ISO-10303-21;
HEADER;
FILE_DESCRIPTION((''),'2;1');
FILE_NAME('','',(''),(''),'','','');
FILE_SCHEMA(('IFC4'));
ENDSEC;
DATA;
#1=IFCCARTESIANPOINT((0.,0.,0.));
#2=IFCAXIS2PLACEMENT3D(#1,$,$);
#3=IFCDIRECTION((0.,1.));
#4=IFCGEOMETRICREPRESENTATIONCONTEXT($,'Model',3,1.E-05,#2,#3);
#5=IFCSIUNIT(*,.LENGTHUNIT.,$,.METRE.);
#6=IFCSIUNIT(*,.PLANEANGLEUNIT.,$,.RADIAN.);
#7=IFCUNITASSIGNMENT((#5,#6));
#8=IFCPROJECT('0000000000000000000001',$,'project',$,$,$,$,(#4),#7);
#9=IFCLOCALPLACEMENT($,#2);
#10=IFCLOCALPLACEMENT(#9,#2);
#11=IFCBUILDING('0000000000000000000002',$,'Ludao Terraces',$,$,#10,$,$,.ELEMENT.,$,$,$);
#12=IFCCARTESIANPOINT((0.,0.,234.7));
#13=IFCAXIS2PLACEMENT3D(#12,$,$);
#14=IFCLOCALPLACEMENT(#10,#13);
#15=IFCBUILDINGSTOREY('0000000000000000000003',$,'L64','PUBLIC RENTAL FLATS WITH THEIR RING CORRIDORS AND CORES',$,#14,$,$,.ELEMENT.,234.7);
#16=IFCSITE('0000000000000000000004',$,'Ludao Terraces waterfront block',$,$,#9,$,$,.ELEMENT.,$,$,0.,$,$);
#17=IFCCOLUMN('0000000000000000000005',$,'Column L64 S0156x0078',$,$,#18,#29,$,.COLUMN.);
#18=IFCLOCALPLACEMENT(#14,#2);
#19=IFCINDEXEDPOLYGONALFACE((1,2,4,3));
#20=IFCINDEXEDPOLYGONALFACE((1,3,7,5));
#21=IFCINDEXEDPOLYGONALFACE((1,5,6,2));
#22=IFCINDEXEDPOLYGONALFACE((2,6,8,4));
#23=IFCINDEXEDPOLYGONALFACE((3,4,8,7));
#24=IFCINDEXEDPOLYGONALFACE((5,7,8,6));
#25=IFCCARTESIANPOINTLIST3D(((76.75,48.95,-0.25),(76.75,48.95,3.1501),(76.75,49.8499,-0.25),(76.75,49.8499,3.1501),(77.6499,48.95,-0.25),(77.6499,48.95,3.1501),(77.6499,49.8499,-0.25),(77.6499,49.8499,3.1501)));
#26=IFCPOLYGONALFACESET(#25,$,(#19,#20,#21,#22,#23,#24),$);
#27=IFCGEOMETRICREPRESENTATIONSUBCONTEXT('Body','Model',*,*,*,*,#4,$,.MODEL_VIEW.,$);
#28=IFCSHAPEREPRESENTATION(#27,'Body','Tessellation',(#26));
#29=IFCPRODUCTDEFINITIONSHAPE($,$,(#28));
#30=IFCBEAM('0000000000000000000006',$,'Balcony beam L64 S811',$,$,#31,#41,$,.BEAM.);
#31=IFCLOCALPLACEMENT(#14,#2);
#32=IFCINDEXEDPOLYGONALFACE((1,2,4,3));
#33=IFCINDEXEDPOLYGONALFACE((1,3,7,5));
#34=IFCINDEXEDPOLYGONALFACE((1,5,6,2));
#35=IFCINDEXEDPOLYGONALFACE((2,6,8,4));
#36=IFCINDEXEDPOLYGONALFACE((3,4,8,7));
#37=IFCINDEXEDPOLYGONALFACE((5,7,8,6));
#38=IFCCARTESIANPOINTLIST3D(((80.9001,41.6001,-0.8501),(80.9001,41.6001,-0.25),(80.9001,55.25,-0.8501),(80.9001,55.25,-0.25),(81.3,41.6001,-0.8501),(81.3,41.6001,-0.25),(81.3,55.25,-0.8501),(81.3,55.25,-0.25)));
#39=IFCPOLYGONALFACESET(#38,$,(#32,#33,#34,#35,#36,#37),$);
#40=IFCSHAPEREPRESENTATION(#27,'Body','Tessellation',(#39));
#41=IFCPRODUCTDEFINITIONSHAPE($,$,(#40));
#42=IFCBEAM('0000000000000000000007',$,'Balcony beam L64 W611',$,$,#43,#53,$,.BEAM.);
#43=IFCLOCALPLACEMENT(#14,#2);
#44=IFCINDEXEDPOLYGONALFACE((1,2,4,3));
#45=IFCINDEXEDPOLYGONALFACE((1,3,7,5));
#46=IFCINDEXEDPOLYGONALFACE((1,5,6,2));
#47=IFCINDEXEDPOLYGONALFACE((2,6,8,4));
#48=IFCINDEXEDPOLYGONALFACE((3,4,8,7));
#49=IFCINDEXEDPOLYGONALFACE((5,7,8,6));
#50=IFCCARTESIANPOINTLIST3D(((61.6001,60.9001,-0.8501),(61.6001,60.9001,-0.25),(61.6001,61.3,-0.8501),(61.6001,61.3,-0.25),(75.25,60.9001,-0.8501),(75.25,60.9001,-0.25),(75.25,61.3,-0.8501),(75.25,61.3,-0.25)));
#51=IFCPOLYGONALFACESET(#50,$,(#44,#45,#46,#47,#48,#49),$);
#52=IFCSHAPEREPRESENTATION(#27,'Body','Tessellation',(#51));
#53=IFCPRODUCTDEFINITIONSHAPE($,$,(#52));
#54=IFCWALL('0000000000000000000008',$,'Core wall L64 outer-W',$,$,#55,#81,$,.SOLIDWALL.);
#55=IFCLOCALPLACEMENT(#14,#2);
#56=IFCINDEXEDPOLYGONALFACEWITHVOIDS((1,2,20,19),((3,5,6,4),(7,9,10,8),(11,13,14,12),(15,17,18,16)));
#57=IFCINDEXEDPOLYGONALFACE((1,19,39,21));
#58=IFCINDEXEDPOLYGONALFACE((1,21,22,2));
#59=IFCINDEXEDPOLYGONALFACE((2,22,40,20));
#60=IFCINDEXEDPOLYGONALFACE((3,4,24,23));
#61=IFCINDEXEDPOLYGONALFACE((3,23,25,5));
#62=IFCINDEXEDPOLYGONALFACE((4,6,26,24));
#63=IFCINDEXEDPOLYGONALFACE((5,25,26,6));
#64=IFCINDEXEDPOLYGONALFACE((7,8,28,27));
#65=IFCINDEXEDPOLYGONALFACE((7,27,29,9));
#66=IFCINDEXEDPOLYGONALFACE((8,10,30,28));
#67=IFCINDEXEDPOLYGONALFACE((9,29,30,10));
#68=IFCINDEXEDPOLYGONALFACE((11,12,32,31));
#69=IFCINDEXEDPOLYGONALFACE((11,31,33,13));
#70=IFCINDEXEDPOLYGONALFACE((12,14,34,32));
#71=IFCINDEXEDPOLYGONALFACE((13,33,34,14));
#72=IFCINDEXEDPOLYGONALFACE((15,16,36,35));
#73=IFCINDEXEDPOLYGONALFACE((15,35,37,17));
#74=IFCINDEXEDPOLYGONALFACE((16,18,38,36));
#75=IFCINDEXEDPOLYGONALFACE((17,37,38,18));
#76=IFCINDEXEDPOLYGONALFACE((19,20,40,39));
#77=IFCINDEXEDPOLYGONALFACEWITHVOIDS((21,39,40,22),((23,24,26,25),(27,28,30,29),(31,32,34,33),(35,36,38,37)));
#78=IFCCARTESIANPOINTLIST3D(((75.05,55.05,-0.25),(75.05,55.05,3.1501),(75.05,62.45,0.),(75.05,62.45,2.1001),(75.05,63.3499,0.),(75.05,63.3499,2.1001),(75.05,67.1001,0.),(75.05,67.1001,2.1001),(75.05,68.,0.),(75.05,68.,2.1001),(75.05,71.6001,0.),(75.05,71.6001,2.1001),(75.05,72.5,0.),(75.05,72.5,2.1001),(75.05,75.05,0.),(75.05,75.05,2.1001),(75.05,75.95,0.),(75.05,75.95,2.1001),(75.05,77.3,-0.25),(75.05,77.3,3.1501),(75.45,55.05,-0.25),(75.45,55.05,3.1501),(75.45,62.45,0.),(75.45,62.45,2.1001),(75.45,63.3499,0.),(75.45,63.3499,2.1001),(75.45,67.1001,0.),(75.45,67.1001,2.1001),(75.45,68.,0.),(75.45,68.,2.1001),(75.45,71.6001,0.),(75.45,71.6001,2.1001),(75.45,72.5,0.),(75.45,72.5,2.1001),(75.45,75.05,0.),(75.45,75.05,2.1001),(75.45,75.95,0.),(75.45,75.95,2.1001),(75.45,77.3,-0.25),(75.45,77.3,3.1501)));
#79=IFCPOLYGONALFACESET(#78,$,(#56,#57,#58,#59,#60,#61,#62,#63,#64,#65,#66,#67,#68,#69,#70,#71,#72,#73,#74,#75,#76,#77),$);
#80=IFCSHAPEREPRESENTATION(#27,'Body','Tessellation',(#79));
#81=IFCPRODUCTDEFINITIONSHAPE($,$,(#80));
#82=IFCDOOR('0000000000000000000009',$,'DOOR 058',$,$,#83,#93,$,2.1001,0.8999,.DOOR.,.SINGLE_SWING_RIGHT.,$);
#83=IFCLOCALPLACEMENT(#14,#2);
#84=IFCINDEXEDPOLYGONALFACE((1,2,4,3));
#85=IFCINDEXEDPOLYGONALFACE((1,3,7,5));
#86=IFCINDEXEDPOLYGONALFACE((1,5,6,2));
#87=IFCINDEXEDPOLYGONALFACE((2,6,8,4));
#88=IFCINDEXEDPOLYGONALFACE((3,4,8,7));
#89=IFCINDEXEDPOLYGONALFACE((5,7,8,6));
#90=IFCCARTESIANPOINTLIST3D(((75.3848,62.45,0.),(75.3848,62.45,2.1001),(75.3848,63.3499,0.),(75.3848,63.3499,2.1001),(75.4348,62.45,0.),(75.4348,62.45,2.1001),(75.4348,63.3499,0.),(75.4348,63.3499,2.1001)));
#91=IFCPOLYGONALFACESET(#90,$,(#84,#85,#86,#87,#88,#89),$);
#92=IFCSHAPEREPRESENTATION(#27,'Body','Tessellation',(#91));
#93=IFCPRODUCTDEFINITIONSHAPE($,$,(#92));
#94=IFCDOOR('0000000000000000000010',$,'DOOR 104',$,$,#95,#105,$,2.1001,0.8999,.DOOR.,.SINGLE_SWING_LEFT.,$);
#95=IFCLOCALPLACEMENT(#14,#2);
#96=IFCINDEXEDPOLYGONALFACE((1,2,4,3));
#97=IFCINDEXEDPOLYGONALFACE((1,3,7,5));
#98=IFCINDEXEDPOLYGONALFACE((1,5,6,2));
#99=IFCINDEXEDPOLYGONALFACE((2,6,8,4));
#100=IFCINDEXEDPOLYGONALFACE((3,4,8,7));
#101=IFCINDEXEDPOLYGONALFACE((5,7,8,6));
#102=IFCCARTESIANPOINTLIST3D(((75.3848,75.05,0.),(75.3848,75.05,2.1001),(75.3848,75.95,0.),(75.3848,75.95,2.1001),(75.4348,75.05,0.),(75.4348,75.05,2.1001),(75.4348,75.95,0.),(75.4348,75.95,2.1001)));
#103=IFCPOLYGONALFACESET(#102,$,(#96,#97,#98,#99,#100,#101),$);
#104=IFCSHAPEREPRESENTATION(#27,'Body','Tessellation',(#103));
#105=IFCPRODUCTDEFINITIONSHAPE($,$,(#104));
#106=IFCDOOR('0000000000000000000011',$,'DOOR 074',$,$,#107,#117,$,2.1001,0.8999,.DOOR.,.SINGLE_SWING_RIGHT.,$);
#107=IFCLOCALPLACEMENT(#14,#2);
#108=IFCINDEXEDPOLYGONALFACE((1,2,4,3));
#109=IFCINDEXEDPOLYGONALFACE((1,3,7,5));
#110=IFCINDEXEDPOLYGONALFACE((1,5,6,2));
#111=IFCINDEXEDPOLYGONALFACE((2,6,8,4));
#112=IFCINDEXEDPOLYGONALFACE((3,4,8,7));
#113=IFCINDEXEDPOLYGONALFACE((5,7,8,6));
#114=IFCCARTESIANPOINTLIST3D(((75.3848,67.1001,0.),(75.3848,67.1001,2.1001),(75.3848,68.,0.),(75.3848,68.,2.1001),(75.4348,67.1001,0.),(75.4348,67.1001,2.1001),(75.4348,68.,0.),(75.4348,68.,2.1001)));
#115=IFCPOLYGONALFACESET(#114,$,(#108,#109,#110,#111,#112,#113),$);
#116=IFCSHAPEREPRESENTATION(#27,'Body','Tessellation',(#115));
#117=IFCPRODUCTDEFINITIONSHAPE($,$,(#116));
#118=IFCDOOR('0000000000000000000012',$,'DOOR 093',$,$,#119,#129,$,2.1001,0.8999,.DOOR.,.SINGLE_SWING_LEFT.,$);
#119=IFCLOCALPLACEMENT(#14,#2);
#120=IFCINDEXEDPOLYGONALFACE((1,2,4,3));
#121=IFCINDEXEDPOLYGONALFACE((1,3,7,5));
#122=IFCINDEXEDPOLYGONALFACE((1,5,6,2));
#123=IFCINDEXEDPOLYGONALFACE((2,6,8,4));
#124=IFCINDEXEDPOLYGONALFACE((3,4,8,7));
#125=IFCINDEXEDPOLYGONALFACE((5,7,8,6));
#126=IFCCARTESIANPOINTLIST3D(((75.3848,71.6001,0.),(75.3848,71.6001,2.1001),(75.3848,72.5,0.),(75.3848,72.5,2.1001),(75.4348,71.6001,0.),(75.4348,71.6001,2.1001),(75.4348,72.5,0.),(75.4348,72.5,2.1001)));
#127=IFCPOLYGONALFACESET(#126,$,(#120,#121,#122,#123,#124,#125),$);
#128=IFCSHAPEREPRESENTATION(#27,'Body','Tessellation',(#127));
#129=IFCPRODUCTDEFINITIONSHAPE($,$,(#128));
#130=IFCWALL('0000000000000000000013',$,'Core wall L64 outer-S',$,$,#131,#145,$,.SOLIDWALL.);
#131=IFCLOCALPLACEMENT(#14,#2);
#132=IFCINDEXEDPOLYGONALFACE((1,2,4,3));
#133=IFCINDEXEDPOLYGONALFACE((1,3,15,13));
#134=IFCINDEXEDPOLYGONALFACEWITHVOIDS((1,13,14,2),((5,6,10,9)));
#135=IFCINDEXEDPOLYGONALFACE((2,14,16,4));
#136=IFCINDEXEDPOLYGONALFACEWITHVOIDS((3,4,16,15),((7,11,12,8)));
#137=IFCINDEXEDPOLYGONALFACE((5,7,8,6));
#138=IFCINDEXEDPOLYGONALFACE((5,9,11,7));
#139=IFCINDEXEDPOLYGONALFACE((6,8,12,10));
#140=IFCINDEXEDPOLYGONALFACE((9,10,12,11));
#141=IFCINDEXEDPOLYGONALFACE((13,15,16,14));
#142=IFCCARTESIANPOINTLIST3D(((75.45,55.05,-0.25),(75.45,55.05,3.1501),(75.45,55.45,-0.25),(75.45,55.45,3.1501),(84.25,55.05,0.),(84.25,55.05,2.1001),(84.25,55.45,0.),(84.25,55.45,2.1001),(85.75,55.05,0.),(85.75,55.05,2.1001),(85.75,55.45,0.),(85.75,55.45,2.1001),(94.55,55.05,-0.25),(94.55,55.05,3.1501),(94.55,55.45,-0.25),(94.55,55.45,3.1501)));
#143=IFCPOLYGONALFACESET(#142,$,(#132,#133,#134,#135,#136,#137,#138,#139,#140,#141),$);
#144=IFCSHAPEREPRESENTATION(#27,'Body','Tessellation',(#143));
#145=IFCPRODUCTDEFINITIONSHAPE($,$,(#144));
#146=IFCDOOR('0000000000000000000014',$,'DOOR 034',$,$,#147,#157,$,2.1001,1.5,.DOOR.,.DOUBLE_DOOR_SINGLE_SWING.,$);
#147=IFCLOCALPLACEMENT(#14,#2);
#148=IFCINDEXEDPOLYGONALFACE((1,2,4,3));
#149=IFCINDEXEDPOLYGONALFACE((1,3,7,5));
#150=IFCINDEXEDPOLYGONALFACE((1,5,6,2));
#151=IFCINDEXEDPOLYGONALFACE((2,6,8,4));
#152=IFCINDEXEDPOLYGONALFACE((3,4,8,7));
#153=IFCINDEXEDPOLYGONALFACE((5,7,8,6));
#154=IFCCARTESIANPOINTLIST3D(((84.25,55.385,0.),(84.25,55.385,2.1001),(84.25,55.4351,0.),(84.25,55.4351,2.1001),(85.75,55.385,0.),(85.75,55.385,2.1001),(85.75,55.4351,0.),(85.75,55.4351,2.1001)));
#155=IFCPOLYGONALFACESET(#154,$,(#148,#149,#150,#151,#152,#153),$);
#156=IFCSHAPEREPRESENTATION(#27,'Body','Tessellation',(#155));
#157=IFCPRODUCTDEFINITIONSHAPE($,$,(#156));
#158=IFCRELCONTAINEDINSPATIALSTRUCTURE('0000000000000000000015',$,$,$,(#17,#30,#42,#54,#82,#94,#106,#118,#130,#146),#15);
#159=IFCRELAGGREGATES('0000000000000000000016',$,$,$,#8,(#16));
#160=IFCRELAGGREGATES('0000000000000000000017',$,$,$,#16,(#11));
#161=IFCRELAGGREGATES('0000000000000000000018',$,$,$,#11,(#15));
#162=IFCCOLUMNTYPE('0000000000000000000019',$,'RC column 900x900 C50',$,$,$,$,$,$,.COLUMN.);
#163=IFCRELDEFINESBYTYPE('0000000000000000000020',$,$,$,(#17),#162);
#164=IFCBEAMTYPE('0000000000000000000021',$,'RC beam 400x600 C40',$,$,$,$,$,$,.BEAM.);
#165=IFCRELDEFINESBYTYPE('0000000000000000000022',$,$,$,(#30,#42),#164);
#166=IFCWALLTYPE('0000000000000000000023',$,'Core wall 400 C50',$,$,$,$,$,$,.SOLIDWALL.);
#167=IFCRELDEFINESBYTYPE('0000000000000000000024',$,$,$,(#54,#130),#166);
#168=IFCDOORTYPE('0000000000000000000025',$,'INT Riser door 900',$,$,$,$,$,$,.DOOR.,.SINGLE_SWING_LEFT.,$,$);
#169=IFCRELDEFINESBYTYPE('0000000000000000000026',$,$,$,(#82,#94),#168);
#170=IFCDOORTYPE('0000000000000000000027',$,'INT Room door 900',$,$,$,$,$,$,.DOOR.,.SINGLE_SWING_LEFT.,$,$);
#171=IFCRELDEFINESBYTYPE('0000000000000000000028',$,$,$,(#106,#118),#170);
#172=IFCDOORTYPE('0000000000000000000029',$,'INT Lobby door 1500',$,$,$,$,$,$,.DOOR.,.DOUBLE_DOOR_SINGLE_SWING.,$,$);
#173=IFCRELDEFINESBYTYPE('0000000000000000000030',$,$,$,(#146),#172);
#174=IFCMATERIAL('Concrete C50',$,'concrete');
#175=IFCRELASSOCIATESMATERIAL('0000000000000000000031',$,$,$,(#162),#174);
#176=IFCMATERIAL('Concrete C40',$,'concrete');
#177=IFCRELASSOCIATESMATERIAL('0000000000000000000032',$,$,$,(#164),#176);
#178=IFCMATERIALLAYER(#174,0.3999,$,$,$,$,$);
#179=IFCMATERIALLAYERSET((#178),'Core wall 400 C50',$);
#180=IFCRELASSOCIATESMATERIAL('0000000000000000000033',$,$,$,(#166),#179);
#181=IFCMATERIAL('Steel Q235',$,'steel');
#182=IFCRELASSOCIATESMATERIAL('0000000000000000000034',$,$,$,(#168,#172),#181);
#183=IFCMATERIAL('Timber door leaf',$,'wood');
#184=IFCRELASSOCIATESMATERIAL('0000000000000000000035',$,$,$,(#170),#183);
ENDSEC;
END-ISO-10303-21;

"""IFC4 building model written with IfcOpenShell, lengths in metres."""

from ifc_helpers import new_model, si_unit, direction, frame, frame_2d, origin, origin_2d, place, context, subcontext, project, spatial, rectangle, extrude, material, layer, layer_set, material_profile, profile_set, type_object, element, fill, save


model = new_model("IFC4")

# Units and contexts
model_context = context("Model", 3, precision=1e-05, world=origin(), true_north=direction((0.0, 1.0)))
body_context = subcontext(model_context, "Body", "Model", "MODEL_VIEW")
ifc_project = project(units=[si_unit("LENGTHUNIT", "METRE"), si_unit("PLANEANGLEUNIT", "RADIAN")], contexts=[model_context])

# Site, building, storey
site_placement = place(None, origin())
site = spatial("IfcSite", under=ifc_project, at=site_placement, Name="Ludao Terraces waterfront block", CompositionType="ELEMENT", RefElevation=0.0)
building_placement = place(site_placement, origin())
building = spatial("IfcBuilding", under=site, at=building_placement, Name="Ludao Terraces", CompositionType="ELEMENT")
storey_placement = place(building_placement, frame((0.0, 0.0, 234.7)))
storey = spatial("IfcBuildingStorey", under=building, at=storey_placement, Name="L64", Description="PUBLIC RENTAL FLATS WITH THEIR RING CORRIDORS AND CORES", CompositionType="ELEMENT", Elevation=234.7)

# Column
ifc_material_1 = material(Name="Concrete C50", Category="concrete")
ifc_material_profile_1 = material_profile(ifc_material_1, rectangle(XDim=0.8999, YDim=0.8999, at=origin_2d()), Name="900 X 900")
ifc_profile_set_1 = profile_set([ifc_material_profile_1], Name="Concrete C50")
column_type = type_object("IfcColumnType", Name="RC column 900x900 C50", PredefinedType="COLUMN", material=ifc_profile_set_1)
column_placement = place(storey_placement, frame((77.2, 49.3999, -0.25), z_axis=(0.0, 0.0, 1.0), x_axis=(1.0, 0.0, 0.0)))
element("IfcColumn", 1, at=column_placement, inside=storey, type_object=column_type, Name="Column L64 S0156x0078", PredefinedType="COLUMN", context=body_context, shape_type="SweptSolid", body=[
    extrude(rectangle(XDim=0.8999, YDim=0.8999, at=origin_2d()), origin(), (0.0, 0.0, 1.0), 3.4001),
])

# Beams
ifc_material_2 = material(Name="Concrete C40", Category="concrete")
ifc_material_profile_2 = material_profile(ifc_material_2, rectangle(XDim=0.3999, YDim=0.6001, at=origin_2d()), Name="400 X 600")
ifc_profile_set_2 = profile_set([ifc_material_profile_2], Name="Concrete C40")
beam_type = type_object("IfcBeamType", Name="RC beam 400x600 C40", PredefinedType="BEAM", material=ifc_profile_set_2)
for number, where, z_axis, x_axis, name in (
    (2, (81.1001, 55.25, -0.55), (0.0, -1.0, 0.0), (1.0, 0.0, 0.0), "Balcony beam L64 S811"),
    (3, (75.25, 61.1001, -0.55), (-1.0, 0.0, 0.0), (0.0, -1.0, 0.0), "Balcony beam L64 W611"),
):
    element("IfcBeam", number, at=place(storey_placement, frame(where, z_axis=z_axis, x_axis=x_axis)), inside=storey, type_object=beam_type, Name=name, PredefinedType="BEAM", context=body_context, shape_type="SweptSolid", body=[
        extrude(rectangle(XDim=0.3999, YDim=0.6001, at=origin_2d()), origin(), (0.0, 0.0, 1.0), 13.6499),
    ])

# Wall, openings, doors
ifc_layer_1 = layer(ifc_material_1, 0.3999)
ifc_layer_set_1 = layer_set([ifc_layer_1], Name="Core wall 400 C50")
wall_type_1 = type_object("IfcWallType", Name="Core wall 400 C50", PredefinedType="SOLIDWALL", material=ifc_layer_set_1)
wall_1_placement = place(storey_placement, frame((75.25, 55.05, -0.25), z_axis=(0.0, 0.0, 1.0), x_axis=(0.0, 1.0, 0.0)))
wall_1 = element("IfcWall", 4, at=wall_1_placement, inside=storey, type_object=wall_type_1, Name="Core wall L64 outer-W", PredefinedType="SOLIDWALL", context=body_context, shape_type="SweptSolid", body=[
    extrude(rectangle(XDim=22.25, YDim=0.3999, at=frame_2d((11.125, 0.0))), origin(), (0.0, 0.0, 1.0), 3.4001),
])
opening_1_placement = place(wall_1_placement, frame((7.3999, 0.0, 0.25)))
opening_1 = element("IfcOpeningElement", 5, at=opening_1_placement, cuts=wall_1, PredefinedType="OPENING", context=body_context, shape_type="SweptSolid", body=[
    extrude(rectangle(XDim=0.8999, YDim=2.1001, at=frame_2d((0.45, 1.05))), frame((0.0, 0.21, 0.0), z_axis=(0.0, -1.0, 0.0), x_axis=(1.0, 0.0, 0.0)), (0.0, 0.0, 1.0), 0.4199),
])
opening_2_placement = place(wall_1_placement, frame((12.05, 0.0, 0.25)))
opening_2 = element("IfcOpeningElement", 6, at=opening_2_placement, cuts=wall_1, PredefinedType="OPENING", context=body_context, shape_type="SweptSolid", body=[
    extrude(rectangle(XDim=0.8999, YDim=2.1001, at=frame_2d((0.45, 1.05))), frame((0.0, 0.21, 0.0), z_axis=(0.0, -1.0, 0.0), x_axis=(1.0, 0.0, 0.0)), (0.0, 0.0, 1.0), 0.4199),
])
opening_3_placement = place(wall_1_placement, frame((16.55, 0.0, 0.25)))
opening_3 = element("IfcOpeningElement", 7, at=opening_3_placement, cuts=wall_1, PredefinedType="OPENING", context=body_context, shape_type="SweptSolid", body=[
    extrude(rectangle(XDim=0.8999, YDim=2.1001, at=frame_2d((0.45, 1.05))), frame((0.0, 0.21, 0.0), z_axis=(0.0, -1.0, 0.0), x_axis=(1.0, 0.0, 0.0)), (0.0, 0.0, 1.0), 0.4199),
])
opening_4_placement = place(wall_1_placement, frame((20.0, 0.0, 0.25)))
opening_4 = element("IfcOpeningElement", 8, at=opening_4_placement, cuts=wall_1, PredefinedType="OPENING", context=body_context, shape_type="SweptSolid", body=[
    extrude(rectangle(XDim=0.8999, YDim=2.1001, at=frame_2d((0.45, 1.05))), frame((0.0, 0.21, 0.0), z_axis=(0.0, -1.0, 0.0), x_axis=(1.0, 0.0, 0.0)), (0.0, 0.0, 1.0), 0.4199),
])
ifc_material_3 = material(Name="Steel Q235", Category="steel")
door_type_1 = type_object("IfcDoorType", Name="INT Riser door 900", OperationType="SINGLE_SWING_LEFT", PredefinedType="DOOR", material=ifc_material_3)
door_1_placement = place(opening_1_placement, origin())
door_1 = element("IfcDoor", 9, at=door_1_placement, inside=storey, type_object=door_type_1, Name="DOOR 058", OperationType="SINGLE_SWING_RIGHT", OverallHeight=2.1001, OverallWidth=0.8999, PredefinedType="DOOR", context=body_context, shape_type="SweptSolid", body=[
    extrude(rectangle(XDim=0.8999, YDim=2.1001, at=frame_2d((0.45, 1.05))), frame((0.0, -0.1348, 0.0), z_axis=(0.0, -1.0, 0.0), x_axis=(1.0, 0.0, 0.0)), (0.0, 0.0, 1.0), 0.05),
])
fill(opening_1, door_1)
door_2_placement = place(opening_4_placement, origin())
door_2 = element("IfcDoor", 10, at=door_2_placement, inside=storey, type_object=door_type_1, Name="DOOR 104", OperationType="SINGLE_SWING_LEFT", OverallHeight=2.1001, OverallWidth=0.8999, PredefinedType="DOOR", context=body_context, shape_type="SweptSolid", body=[
    extrude(rectangle(XDim=0.8999, YDim=2.1001, at=frame_2d((0.45, 1.05))), frame((0.0, -0.1348, 0.0), z_axis=(0.0, -1.0, 0.0), x_axis=(1.0, 0.0, 0.0)), (0.0, 0.0, 1.0), 0.05),
])
fill(opening_4, door_2)
ifc_material_4 = material(Name="Timber door leaf", Category="wood")
door_type_2 = type_object("IfcDoorType", Name="INT Room door 900", OperationType="SINGLE_SWING_LEFT", PredefinedType="DOOR", material=ifc_material_4)
door_3_placement = place(opening_2_placement, origin())
door_3 = element("IfcDoor", 11, at=door_3_placement, inside=storey, type_object=door_type_2, Name="DOOR 074", OperationType="SINGLE_SWING_RIGHT", OverallHeight=2.1001, OverallWidth=0.8999, PredefinedType="DOOR", context=body_context, shape_type="SweptSolid", body=[
    extrude(rectangle(XDim=0.8999, YDim=2.1001, at=frame_2d((0.45, 1.05))), frame((0.0, -0.1348, 0.0), z_axis=(0.0, -1.0, 0.0), x_axis=(1.0, 0.0, 0.0)), (0.0, 0.0, 1.0), 0.05),
])
fill(opening_2, door_3)
door_4_placement = place(opening_3_placement, origin())
door_4 = element("IfcDoor", 12, at=door_4_placement, inside=storey, type_object=door_type_2, Name="DOOR 093", OperationType="SINGLE_SWING_LEFT", OverallHeight=2.1001, OverallWidth=0.8999, PredefinedType="DOOR", context=body_context, shape_type="SweptSolid", body=[
    extrude(rectangle(XDim=0.8999, YDim=2.1001, at=frame_2d((0.45, 1.05))), frame((0.0, -0.1348, 0.0), z_axis=(0.0, -1.0, 0.0), x_axis=(1.0, 0.0, 0.0)), (0.0, 0.0, 1.0), 0.05),
])
fill(opening_3, door_4)

# Wall, opening, door
wall_2_placement = place(storey_placement, frame((75.45, 55.25, -0.25), z_axis=(0.0, 0.0, 1.0), x_axis=(1.0, 0.0, 0.0)))
wall_2 = element("IfcWall", 13, at=wall_2_placement, inside=storey, type_object=wall_type_1, Name="Core wall L64 outer-S", PredefinedType="SOLIDWALL", context=body_context, shape_type="SweptSolid", body=[
    extrude(rectangle(XDim=19.1001, YDim=0.3999, at=frame_2d((9.55, 0.0))), origin(), (0.0, 0.0, 1.0), 3.4001),
])
opening_5_placement = place(wall_2_placement, frame((8.8, 0.0, 0.25)))
opening_5 = element("IfcOpeningElement", 14, at=opening_5_placement, cuts=wall_2, PredefinedType="OPENING", context=body_context, shape_type="SweptSolid", body=[
    extrude(rectangle(XDim=1.5, YDim=2.1001, at=frame_2d((0.75, 1.05))), frame((0.0, 0.21, 0.0), z_axis=(0.0, -1.0, 0.0), x_axis=(1.0, 0.0, 0.0)), (0.0, 0.0, 1.0), 0.4199),
])
door_type_3 = type_object("IfcDoorType", Name="INT Lobby door 1500", OperationType="DOUBLE_DOOR_SINGLE_SWING", PredefinedType="DOOR", material=ifc_material_3)
door_5_placement = place(opening_5_placement, origin())
door_5 = element("IfcDoor", 15, at=door_5_placement, inside=storey, type_object=door_type_3, Name="DOOR 034", OperationType="DOUBLE_DOOR_SINGLE_SWING", OverallHeight=2.1001, OverallWidth=1.5, PredefinedType="DOOR", context=body_context, shape_type="SweptSolid", body=[
    extrude(rectangle(XDim=1.5, YDim=2.1001, at=frame_2d((0.75, 1.05))), frame((0.0, 0.1851, 0.0), z_axis=(0.0, -1.0, 0.0), x_axis=(1.0, 0.0, 0.0)), (0.0, 0.0, 1.0), 0.05),
])
fill(opening_5, door_5)

save(model, "model.ifc")
